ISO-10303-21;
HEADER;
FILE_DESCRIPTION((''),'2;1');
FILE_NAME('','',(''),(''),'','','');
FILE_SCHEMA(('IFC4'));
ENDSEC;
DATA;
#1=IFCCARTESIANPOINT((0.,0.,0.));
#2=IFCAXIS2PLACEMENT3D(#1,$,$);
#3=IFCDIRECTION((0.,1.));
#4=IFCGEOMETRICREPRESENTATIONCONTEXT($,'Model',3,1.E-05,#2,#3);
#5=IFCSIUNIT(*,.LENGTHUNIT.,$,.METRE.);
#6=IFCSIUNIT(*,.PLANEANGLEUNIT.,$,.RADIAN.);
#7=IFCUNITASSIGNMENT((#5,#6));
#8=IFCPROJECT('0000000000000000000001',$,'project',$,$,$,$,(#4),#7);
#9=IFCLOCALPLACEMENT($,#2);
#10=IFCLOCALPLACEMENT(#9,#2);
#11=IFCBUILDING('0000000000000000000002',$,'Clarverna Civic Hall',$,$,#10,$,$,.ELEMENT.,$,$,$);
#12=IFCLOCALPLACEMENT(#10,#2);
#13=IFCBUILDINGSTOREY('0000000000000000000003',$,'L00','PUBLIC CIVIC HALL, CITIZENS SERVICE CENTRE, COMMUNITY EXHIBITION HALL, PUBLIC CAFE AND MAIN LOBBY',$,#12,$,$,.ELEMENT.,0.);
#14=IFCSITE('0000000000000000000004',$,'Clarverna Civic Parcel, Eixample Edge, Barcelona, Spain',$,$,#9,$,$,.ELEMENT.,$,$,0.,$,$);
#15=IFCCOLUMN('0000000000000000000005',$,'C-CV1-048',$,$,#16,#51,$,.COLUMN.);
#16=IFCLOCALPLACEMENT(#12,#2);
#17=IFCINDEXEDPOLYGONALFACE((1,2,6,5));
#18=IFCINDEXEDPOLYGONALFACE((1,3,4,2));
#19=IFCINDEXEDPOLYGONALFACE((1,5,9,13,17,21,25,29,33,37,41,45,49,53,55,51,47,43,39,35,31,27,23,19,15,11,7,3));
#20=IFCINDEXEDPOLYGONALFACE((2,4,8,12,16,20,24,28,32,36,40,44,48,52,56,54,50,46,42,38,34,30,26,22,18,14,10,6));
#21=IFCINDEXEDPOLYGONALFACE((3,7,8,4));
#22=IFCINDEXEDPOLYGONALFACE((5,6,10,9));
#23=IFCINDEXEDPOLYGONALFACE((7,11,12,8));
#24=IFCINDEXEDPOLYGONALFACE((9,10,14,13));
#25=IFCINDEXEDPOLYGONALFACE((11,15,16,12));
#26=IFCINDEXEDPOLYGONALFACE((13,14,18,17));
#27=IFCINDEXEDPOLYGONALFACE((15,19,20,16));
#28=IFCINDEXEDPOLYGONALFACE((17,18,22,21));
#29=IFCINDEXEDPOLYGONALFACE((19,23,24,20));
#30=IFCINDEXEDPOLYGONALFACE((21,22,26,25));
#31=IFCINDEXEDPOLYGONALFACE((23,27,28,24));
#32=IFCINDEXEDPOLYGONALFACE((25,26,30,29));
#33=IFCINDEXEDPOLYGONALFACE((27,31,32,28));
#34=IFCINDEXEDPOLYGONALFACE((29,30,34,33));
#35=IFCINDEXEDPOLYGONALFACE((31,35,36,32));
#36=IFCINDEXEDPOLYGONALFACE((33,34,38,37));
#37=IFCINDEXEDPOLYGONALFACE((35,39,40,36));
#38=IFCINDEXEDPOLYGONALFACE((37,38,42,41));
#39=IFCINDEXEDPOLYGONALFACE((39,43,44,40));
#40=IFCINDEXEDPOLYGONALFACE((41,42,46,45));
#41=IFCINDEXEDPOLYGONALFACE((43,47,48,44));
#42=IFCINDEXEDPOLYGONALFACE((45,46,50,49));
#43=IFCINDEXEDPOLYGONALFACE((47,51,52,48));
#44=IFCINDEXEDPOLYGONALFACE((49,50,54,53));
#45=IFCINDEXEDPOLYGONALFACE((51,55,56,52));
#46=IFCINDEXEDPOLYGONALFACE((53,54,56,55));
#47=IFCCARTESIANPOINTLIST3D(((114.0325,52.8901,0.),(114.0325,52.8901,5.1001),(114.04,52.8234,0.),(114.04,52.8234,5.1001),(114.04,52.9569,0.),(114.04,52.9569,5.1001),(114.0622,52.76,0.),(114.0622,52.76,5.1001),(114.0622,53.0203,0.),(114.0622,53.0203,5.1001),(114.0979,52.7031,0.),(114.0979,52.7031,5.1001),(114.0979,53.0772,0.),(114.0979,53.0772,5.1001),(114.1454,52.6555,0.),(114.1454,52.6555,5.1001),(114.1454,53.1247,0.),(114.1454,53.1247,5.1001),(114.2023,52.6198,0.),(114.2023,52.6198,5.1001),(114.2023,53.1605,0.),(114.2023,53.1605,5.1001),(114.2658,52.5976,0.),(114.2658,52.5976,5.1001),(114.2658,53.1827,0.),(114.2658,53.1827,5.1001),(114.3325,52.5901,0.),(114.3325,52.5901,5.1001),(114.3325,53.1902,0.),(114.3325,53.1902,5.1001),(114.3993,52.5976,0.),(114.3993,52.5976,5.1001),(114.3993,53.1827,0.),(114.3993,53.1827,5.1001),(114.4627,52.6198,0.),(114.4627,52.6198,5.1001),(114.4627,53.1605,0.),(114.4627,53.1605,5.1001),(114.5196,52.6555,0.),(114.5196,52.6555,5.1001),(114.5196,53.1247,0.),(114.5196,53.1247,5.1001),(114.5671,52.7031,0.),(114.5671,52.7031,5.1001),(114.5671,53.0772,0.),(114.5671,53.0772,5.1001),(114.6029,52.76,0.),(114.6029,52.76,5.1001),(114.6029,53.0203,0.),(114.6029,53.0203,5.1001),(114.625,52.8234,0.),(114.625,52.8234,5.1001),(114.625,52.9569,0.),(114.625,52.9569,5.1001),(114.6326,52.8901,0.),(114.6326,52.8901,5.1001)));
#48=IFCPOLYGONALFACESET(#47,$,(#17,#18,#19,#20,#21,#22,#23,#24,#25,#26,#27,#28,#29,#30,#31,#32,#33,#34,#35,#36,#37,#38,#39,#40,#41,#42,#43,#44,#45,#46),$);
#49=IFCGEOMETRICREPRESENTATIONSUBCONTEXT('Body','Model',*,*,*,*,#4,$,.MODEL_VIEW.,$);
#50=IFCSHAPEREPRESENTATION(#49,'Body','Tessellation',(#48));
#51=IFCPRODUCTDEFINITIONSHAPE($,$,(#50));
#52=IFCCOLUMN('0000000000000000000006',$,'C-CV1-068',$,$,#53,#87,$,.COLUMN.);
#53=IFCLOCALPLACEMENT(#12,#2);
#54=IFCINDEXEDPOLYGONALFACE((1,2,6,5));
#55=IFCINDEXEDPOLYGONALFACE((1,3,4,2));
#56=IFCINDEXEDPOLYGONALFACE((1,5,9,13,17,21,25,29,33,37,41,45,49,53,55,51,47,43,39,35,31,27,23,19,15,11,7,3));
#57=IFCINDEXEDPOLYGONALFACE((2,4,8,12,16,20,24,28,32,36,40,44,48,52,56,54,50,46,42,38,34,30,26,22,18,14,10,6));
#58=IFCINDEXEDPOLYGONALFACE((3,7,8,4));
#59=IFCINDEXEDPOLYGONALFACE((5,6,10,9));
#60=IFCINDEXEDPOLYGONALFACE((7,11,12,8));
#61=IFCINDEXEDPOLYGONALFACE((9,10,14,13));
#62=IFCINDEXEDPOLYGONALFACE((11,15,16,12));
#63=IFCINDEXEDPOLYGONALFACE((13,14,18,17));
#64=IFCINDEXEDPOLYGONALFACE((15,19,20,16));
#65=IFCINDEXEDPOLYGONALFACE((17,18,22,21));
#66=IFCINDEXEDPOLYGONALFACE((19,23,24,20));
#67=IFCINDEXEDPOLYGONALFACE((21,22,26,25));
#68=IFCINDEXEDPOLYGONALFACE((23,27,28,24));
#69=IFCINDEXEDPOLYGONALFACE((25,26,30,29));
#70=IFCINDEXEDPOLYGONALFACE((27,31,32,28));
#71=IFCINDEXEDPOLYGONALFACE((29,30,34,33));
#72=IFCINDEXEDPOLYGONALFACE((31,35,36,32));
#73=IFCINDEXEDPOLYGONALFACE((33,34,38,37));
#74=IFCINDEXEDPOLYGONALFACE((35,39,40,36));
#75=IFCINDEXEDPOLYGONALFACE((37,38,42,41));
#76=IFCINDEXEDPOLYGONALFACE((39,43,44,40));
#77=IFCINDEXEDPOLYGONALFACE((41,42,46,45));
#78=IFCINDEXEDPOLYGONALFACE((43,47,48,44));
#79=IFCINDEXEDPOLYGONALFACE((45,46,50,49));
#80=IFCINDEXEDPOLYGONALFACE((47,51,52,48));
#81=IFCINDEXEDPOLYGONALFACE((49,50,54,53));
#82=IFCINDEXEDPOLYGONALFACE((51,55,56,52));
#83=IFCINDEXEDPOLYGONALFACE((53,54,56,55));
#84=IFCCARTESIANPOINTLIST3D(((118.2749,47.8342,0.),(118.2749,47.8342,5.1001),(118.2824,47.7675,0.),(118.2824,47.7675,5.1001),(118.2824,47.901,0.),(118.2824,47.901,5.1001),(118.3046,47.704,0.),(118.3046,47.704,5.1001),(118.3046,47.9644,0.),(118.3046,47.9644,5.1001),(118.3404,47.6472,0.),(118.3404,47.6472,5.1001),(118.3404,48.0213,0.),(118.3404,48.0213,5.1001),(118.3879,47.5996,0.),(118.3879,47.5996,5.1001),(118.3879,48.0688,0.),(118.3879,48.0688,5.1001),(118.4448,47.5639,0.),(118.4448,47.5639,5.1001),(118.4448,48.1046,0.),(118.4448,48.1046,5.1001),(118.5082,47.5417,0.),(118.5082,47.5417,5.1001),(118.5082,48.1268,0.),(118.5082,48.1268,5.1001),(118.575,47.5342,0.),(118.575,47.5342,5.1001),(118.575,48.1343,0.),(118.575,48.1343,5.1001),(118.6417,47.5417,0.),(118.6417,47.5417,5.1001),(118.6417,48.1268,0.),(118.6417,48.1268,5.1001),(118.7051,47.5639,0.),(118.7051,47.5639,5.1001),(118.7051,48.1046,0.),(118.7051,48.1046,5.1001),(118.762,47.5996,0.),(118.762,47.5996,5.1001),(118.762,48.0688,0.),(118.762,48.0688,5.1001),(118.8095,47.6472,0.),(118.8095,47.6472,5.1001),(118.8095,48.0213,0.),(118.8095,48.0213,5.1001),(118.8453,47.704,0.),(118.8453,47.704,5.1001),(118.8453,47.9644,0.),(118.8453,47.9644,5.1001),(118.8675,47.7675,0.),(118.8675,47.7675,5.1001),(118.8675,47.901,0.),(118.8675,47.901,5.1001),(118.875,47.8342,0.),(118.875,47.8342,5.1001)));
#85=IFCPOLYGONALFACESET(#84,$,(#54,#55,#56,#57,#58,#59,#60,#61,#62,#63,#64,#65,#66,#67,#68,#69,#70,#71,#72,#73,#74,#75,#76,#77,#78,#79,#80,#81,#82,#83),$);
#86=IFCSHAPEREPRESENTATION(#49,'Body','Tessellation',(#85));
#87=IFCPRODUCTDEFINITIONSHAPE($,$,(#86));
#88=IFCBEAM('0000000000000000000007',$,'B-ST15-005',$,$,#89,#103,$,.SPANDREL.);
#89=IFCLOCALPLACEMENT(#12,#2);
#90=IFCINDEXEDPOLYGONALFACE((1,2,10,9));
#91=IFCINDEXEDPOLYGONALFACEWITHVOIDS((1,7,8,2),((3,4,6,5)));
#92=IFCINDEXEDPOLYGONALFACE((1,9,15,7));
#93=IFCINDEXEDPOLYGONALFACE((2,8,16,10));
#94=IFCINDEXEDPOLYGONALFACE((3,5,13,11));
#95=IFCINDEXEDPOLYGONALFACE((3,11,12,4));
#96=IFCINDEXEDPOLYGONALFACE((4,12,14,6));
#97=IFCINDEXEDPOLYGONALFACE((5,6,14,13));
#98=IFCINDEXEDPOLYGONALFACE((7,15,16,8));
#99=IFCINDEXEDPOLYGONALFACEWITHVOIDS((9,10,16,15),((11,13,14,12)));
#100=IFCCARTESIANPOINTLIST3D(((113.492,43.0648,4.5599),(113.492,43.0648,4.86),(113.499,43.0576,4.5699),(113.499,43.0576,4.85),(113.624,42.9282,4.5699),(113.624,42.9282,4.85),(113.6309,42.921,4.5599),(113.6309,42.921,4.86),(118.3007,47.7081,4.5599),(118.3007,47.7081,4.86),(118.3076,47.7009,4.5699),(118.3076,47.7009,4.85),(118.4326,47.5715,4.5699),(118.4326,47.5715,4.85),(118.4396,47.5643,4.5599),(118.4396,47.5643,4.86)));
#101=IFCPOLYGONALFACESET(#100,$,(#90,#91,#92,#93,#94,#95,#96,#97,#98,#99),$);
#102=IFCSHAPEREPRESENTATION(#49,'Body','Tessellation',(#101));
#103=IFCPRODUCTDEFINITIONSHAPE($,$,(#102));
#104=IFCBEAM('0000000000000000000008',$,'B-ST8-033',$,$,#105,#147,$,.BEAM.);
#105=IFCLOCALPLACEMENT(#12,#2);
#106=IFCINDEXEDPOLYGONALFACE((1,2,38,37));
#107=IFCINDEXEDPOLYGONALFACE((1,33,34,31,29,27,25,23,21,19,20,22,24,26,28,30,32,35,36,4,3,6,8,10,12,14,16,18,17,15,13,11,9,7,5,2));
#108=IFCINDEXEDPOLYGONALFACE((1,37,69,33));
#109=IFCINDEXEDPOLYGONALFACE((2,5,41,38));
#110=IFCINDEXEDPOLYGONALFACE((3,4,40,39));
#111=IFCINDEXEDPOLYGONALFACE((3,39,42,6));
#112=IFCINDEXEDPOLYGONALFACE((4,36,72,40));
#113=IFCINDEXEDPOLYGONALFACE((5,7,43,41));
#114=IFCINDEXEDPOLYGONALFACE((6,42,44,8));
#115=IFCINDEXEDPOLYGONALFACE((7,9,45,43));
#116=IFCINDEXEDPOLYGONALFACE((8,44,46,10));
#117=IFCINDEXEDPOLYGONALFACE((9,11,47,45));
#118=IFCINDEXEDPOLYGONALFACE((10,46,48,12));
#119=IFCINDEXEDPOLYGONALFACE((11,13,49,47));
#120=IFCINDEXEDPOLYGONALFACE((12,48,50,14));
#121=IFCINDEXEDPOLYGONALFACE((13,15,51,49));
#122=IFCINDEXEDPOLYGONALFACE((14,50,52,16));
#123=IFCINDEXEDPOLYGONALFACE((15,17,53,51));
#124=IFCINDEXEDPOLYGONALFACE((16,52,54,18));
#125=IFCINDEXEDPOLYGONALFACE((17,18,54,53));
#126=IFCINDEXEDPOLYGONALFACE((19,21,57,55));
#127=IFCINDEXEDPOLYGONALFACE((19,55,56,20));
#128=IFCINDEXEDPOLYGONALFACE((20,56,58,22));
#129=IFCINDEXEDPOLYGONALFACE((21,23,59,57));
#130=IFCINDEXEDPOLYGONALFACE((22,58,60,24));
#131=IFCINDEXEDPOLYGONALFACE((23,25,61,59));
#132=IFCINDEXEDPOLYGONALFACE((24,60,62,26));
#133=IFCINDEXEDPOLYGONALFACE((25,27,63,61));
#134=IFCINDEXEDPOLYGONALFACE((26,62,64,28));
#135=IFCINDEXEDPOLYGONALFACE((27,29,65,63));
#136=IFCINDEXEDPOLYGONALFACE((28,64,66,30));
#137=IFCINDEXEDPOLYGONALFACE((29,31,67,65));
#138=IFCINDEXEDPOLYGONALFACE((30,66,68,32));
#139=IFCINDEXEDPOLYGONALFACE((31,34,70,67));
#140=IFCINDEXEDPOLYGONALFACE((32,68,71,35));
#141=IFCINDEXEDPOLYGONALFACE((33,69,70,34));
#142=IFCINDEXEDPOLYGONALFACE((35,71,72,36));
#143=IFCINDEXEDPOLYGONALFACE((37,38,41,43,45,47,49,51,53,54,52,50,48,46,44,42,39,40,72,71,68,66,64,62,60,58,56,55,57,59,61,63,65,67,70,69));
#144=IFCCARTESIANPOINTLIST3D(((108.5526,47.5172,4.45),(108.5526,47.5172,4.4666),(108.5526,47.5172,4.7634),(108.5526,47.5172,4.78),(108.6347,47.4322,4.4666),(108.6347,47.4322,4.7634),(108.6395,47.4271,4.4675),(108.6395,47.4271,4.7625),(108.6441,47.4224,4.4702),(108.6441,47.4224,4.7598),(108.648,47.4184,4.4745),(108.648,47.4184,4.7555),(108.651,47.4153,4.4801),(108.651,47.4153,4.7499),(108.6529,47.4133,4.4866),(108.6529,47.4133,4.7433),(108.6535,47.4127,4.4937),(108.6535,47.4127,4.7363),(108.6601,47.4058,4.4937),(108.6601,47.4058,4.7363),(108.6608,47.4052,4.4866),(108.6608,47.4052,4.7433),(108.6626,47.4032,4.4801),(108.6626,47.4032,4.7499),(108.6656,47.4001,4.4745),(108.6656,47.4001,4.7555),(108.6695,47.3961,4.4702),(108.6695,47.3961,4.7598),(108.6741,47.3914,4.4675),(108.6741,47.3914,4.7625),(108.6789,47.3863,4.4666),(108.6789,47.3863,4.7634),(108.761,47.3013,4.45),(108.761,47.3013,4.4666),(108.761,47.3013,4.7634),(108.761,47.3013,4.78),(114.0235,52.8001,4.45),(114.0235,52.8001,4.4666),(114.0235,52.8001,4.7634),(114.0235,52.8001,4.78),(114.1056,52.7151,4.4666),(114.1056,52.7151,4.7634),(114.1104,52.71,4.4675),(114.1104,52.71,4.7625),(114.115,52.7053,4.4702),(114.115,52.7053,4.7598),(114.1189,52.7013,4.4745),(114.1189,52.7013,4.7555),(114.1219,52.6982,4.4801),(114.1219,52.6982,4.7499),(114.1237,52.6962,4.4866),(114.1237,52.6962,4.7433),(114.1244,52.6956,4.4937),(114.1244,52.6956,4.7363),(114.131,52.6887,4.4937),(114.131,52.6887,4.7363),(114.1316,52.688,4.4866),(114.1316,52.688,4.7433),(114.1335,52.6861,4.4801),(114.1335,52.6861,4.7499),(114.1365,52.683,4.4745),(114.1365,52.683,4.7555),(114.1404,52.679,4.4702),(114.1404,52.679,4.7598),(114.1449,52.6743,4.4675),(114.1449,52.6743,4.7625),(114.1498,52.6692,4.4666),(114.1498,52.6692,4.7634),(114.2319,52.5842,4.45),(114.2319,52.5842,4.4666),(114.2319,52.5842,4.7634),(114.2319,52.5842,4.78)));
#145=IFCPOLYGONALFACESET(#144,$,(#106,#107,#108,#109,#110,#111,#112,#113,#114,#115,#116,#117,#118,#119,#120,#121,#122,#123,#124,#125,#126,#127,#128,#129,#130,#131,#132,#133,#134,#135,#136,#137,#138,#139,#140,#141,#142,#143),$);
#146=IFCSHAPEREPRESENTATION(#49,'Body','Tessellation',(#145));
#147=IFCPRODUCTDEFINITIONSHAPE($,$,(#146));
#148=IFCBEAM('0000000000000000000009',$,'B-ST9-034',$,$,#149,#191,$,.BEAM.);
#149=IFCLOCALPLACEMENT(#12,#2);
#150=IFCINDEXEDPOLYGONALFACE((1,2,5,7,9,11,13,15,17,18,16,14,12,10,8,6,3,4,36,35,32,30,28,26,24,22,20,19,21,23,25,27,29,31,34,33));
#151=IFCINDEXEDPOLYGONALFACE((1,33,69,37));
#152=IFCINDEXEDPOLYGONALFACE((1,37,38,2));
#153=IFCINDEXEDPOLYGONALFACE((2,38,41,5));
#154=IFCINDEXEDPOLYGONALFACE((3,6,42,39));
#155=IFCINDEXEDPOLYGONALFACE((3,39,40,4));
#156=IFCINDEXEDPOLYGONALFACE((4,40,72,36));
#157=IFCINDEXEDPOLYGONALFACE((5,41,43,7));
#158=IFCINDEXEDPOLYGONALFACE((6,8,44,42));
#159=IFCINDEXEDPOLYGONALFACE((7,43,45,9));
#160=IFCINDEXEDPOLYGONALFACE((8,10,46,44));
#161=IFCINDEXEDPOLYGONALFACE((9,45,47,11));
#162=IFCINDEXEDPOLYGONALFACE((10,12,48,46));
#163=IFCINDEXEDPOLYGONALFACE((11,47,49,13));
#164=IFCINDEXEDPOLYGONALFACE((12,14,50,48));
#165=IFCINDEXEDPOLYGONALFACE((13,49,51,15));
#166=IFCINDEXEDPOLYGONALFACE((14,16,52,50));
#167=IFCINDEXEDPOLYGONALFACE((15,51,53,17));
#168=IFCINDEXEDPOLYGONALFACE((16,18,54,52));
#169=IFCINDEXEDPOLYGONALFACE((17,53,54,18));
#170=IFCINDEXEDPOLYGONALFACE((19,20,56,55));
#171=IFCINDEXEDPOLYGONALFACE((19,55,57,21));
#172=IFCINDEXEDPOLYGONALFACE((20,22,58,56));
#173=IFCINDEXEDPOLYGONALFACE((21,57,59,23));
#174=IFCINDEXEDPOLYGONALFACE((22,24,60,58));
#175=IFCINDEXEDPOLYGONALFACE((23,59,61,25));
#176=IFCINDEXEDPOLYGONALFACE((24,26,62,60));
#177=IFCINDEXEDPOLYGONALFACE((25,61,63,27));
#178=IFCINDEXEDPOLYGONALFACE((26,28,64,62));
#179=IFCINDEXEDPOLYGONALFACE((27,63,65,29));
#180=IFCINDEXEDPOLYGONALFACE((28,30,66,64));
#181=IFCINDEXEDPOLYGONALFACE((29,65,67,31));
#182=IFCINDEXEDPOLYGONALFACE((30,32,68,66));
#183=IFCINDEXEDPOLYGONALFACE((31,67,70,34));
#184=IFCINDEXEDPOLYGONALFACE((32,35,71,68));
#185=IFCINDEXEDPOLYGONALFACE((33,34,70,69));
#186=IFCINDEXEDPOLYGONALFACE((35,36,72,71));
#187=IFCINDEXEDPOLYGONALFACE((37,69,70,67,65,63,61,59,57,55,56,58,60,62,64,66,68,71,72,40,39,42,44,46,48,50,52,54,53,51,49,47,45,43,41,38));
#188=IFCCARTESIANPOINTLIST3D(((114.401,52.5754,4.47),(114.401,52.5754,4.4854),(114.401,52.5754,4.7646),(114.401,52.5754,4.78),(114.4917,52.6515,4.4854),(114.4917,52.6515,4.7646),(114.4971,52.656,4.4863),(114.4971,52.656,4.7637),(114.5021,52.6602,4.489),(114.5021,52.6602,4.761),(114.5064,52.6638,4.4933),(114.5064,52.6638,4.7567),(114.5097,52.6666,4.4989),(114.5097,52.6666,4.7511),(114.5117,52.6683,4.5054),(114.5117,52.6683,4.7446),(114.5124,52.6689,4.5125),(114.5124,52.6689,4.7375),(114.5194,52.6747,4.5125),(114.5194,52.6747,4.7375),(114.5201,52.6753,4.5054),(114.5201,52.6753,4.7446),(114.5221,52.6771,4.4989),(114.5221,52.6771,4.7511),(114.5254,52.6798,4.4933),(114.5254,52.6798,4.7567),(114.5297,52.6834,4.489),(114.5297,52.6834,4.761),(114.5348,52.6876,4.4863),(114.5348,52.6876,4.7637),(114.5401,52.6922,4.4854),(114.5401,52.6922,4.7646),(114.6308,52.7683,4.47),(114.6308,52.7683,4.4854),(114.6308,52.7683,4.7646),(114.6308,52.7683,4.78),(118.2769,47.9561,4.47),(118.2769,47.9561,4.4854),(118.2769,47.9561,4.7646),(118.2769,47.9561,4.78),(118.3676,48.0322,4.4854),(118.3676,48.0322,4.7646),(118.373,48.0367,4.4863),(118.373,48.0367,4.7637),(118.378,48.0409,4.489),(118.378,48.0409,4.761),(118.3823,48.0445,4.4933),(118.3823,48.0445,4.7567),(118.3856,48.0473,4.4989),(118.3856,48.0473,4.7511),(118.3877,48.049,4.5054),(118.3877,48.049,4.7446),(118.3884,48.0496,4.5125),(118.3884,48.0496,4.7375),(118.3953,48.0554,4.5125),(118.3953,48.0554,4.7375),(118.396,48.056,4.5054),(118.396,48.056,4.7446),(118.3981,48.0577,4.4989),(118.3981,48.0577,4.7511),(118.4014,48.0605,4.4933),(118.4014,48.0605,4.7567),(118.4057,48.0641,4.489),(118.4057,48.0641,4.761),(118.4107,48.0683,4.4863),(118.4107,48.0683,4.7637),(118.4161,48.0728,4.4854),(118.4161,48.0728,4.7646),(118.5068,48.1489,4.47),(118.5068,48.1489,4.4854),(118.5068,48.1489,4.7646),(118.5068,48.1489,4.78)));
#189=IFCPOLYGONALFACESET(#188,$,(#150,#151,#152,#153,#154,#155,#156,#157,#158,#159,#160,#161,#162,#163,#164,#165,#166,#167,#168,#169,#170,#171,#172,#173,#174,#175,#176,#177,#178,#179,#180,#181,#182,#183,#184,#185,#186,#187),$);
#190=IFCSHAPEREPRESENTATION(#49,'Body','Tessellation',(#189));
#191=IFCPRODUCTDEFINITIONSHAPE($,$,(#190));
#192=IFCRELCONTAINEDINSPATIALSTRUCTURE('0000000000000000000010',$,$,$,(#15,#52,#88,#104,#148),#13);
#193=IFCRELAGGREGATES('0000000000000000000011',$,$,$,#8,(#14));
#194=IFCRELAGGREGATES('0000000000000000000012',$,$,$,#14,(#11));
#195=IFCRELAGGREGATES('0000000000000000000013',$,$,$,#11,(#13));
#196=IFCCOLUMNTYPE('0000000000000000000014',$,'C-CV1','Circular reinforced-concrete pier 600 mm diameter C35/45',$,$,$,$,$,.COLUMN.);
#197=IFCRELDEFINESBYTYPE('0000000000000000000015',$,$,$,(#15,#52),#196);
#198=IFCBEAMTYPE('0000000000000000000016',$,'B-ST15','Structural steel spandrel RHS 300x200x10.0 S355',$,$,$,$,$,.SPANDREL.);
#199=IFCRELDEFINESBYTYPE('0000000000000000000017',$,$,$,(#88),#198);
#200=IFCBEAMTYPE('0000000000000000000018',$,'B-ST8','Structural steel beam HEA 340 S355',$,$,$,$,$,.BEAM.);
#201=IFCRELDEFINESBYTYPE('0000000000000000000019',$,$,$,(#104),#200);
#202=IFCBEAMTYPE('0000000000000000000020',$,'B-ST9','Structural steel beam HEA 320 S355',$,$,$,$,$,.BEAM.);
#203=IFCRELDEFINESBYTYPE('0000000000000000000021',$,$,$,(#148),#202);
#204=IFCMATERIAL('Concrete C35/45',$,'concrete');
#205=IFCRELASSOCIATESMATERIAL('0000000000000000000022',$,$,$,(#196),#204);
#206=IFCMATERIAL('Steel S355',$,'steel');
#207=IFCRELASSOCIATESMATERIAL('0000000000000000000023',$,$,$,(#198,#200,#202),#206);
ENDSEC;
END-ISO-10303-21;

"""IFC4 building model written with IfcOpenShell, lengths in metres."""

from ifc_helpers import new_model, si_unit, direction, frame, origin, origin_2d, place, context, subcontext, project, spatial, hollow_rectangle, circle, i_section, extrude, material, material_profile, profile_set, type_object, element, save


model = new_model("IFC4")

# Units and contexts
model_context = context("Model", 3, precision=1e-05, world=origin(), true_north=direction((0.0, 1.0)))
body_context = subcontext(model_context, "Body", "Model", "MODEL_VIEW")
ifc_project = project(units=[si_unit("LENGTHUNIT", "METRE"), si_unit("PLANEANGLEUNIT", "RADIAN")], contexts=[model_context])

# Site, building, storey
site_placement = place(None, origin())
site = spatial("IfcSite", under=ifc_project, at=site_placement, Name="Clarverna Civic Parcel, Eixample Edge, Barcelona, Spain", CompositionType="ELEMENT", RefElevation=0.0)
building_placement = place(site_placement, origin())
building = spatial("IfcBuilding", under=site, at=building_placement, Name="Clarverna Civic Hall", CompositionType="ELEMENT")
storey_placement = place(building_placement, origin())
storey = spatial("IfcBuildingStorey", under=building, at=storey_placement, Name="L00", Description="PUBLIC CIVIC HALL, CITIZENS SERVICE CENTRE, COMMUNITY EXHIBITION HALL, PUBLIC CAFE AND MAIN LOBBY", CompositionType="ELEMENT", Elevation=0.0)

# Columns
ifc_material_1 = material(Name="Concrete C35/45", Category="concrete")
ifc_material_profile_1 = material_profile(ifc_material_1, circle(Radius=0.3, at=origin_2d()), Name="RC D600")
ifc_profile_set_1 = profile_set([ifc_material_profile_1], Name="Concrete C35/45")
column_type = type_object("IfcColumnType", Name="C-CV1", Description="Circular reinforced-concrete pier 600 mm diameter C35/45", PredefinedType="COLUMN", material=ifc_profile_set_1)
for number, where, z_axis, x_axis, name in (
    (1, (114.3325, 52.8901, 0.0), (0.0, 0.0, 1.0), (1.0, 0.0, 0.0), "C-CV1-048"),
    (2, (118.575, 47.8342, 0.0), (0.0, 0.0, 1.0), (1.0, 0.0, 0.0), "C-CV1-068"),
):
    element("IfcColumn", number, at=place(storey_placement, frame(where, z_axis=z_axis, x_axis=x_axis)), inside=storey, type_object=column_type, Name=name, PredefinedType="COLUMN", context=body_context, shape_type="SweptSolid", body=[
        extrude(circle(Radius=0.3, at=origin_2d()), origin(), (0.0, 0.0, 1.0), 5.1001),
    ])

# Beams
ifc_material_2 = material(Name="Steel S355", Category="steel")
ifc_material_profile_2 = material_profile(ifc_material_2, hollow_rectangle(XDim=0.2, YDim=0.3, WallThickness=0.01, at=origin_2d()), Name="RHS 300x200x10.0")
ifc_profile_set_2 = profile_set([ifc_material_profile_2], Name="Steel S355")
beam_type_1 = type_object("IfcBeamType", Name="B-ST15", Description="Structural steel spandrel RHS 300x200x10.0 S355", PredefinedType="SPANDREL", material=ifc_profile_set_2)
beam_1_placement = place(storey_placement, frame((118.3701, 47.6362, 4.71), z_axis=(-0.719362, -0.694636, 0.0), x_axis=(0.694636, -0.719362, 0.0)))
element("IfcBeam", 3, at=beam_1_placement, inside=storey, type_object=beam_type_1, Name="B-ST15-005", PredefinedType="SPANDREL", context=body_context, shape_type="SweptSolid", body=[
    extrude(hollow_rectangle(XDim=0.2, YDim=0.3, WallThickness=0.01, at=origin_2d()), origin(), (0.0, 0.0, 1.0), 6.6846),
])
ifc_material_profile_3 = material_profile(ifc_material_2, i_section(OverallWidth=0.3, OverallDepth=0.3301, WebThickness=0.0095, FlangeThickness=0.0166, FilletRadius=0.0271, at=origin_2d()), Name="HEA 340")
ifc_profile_set_3 = profile_set([ifc_material_profile_3], Name="Steel S355")
beam_type_2 = type_object("IfcBeamType", Name="B-ST8", Description="Structural steel beam HEA 340 S355", PredefinedType="BEAM", material=ifc_profile_set_3)
beam_2_placement = place(storey_placement, frame((114.1277, 52.6921, 4.615), z_axis=(-0.719358, -0.69464, 0.0), x_axis=(0.69464, -0.719358, 0.0)))
element("IfcBeam", 4, at=beam_2_placement, inside=storey, type_object=beam_type_2, Name="B-ST8-033", PredefinedType="BEAM", context=body_context, shape_type="SweptSolid", body=[
    extrude(i_section(OverallWidth=0.3, OverallDepth=0.3301, WebThickness=0.0095, FlangeThickness=0.0166, FilletRadius=0.0271, at=origin_2d()), origin(), (0.0, 0.0, 1.0), 7.6052),
])
ifc_material_profile_4 = material_profile(ifc_material_2, i_section(OverallWidth=0.3, OverallDepth=0.3101, WebThickness=0.009, FlangeThickness=0.0154, FilletRadius=0.0271, at=origin_2d()), Name="HEA 320")
ifc_profile_set_4 = profile_set([ifc_material_profile_4], Name="Steel S355")
beam_type_3 = type_object("IfcBeamType", Name="B-ST9", Description="Structural steel beam HEA 320 S355", PredefinedType="BEAM", material=ifc_profile_set_4)
for number, where, z_axis, x_axis, name in (
    (5, (118.3918, 48.0525, 4.625), (-0.642773, 0.766056, 0.0), (-0.766056, -0.642773, 0.0), "B-ST9-034"),
):
    element("IfcBeam", number, at=place(storey_placement, frame(where, z_axis=z_axis, x_axis=x_axis)), inside=storey, type_object=beam_type_3, Name=name, PredefinedType="BEAM", context=body_context, shape_type="SweptSolid", body=[
        extrude(i_section(OverallWidth=0.3, OverallDepth=0.3101, WebThickness=0.009, FlangeThickness=0.0154, FilletRadius=0.0271, at=origin_2d()), origin(), (0.0, 0.0, 1.0), 6.03),
    ])

save(model, "model.ifc")
